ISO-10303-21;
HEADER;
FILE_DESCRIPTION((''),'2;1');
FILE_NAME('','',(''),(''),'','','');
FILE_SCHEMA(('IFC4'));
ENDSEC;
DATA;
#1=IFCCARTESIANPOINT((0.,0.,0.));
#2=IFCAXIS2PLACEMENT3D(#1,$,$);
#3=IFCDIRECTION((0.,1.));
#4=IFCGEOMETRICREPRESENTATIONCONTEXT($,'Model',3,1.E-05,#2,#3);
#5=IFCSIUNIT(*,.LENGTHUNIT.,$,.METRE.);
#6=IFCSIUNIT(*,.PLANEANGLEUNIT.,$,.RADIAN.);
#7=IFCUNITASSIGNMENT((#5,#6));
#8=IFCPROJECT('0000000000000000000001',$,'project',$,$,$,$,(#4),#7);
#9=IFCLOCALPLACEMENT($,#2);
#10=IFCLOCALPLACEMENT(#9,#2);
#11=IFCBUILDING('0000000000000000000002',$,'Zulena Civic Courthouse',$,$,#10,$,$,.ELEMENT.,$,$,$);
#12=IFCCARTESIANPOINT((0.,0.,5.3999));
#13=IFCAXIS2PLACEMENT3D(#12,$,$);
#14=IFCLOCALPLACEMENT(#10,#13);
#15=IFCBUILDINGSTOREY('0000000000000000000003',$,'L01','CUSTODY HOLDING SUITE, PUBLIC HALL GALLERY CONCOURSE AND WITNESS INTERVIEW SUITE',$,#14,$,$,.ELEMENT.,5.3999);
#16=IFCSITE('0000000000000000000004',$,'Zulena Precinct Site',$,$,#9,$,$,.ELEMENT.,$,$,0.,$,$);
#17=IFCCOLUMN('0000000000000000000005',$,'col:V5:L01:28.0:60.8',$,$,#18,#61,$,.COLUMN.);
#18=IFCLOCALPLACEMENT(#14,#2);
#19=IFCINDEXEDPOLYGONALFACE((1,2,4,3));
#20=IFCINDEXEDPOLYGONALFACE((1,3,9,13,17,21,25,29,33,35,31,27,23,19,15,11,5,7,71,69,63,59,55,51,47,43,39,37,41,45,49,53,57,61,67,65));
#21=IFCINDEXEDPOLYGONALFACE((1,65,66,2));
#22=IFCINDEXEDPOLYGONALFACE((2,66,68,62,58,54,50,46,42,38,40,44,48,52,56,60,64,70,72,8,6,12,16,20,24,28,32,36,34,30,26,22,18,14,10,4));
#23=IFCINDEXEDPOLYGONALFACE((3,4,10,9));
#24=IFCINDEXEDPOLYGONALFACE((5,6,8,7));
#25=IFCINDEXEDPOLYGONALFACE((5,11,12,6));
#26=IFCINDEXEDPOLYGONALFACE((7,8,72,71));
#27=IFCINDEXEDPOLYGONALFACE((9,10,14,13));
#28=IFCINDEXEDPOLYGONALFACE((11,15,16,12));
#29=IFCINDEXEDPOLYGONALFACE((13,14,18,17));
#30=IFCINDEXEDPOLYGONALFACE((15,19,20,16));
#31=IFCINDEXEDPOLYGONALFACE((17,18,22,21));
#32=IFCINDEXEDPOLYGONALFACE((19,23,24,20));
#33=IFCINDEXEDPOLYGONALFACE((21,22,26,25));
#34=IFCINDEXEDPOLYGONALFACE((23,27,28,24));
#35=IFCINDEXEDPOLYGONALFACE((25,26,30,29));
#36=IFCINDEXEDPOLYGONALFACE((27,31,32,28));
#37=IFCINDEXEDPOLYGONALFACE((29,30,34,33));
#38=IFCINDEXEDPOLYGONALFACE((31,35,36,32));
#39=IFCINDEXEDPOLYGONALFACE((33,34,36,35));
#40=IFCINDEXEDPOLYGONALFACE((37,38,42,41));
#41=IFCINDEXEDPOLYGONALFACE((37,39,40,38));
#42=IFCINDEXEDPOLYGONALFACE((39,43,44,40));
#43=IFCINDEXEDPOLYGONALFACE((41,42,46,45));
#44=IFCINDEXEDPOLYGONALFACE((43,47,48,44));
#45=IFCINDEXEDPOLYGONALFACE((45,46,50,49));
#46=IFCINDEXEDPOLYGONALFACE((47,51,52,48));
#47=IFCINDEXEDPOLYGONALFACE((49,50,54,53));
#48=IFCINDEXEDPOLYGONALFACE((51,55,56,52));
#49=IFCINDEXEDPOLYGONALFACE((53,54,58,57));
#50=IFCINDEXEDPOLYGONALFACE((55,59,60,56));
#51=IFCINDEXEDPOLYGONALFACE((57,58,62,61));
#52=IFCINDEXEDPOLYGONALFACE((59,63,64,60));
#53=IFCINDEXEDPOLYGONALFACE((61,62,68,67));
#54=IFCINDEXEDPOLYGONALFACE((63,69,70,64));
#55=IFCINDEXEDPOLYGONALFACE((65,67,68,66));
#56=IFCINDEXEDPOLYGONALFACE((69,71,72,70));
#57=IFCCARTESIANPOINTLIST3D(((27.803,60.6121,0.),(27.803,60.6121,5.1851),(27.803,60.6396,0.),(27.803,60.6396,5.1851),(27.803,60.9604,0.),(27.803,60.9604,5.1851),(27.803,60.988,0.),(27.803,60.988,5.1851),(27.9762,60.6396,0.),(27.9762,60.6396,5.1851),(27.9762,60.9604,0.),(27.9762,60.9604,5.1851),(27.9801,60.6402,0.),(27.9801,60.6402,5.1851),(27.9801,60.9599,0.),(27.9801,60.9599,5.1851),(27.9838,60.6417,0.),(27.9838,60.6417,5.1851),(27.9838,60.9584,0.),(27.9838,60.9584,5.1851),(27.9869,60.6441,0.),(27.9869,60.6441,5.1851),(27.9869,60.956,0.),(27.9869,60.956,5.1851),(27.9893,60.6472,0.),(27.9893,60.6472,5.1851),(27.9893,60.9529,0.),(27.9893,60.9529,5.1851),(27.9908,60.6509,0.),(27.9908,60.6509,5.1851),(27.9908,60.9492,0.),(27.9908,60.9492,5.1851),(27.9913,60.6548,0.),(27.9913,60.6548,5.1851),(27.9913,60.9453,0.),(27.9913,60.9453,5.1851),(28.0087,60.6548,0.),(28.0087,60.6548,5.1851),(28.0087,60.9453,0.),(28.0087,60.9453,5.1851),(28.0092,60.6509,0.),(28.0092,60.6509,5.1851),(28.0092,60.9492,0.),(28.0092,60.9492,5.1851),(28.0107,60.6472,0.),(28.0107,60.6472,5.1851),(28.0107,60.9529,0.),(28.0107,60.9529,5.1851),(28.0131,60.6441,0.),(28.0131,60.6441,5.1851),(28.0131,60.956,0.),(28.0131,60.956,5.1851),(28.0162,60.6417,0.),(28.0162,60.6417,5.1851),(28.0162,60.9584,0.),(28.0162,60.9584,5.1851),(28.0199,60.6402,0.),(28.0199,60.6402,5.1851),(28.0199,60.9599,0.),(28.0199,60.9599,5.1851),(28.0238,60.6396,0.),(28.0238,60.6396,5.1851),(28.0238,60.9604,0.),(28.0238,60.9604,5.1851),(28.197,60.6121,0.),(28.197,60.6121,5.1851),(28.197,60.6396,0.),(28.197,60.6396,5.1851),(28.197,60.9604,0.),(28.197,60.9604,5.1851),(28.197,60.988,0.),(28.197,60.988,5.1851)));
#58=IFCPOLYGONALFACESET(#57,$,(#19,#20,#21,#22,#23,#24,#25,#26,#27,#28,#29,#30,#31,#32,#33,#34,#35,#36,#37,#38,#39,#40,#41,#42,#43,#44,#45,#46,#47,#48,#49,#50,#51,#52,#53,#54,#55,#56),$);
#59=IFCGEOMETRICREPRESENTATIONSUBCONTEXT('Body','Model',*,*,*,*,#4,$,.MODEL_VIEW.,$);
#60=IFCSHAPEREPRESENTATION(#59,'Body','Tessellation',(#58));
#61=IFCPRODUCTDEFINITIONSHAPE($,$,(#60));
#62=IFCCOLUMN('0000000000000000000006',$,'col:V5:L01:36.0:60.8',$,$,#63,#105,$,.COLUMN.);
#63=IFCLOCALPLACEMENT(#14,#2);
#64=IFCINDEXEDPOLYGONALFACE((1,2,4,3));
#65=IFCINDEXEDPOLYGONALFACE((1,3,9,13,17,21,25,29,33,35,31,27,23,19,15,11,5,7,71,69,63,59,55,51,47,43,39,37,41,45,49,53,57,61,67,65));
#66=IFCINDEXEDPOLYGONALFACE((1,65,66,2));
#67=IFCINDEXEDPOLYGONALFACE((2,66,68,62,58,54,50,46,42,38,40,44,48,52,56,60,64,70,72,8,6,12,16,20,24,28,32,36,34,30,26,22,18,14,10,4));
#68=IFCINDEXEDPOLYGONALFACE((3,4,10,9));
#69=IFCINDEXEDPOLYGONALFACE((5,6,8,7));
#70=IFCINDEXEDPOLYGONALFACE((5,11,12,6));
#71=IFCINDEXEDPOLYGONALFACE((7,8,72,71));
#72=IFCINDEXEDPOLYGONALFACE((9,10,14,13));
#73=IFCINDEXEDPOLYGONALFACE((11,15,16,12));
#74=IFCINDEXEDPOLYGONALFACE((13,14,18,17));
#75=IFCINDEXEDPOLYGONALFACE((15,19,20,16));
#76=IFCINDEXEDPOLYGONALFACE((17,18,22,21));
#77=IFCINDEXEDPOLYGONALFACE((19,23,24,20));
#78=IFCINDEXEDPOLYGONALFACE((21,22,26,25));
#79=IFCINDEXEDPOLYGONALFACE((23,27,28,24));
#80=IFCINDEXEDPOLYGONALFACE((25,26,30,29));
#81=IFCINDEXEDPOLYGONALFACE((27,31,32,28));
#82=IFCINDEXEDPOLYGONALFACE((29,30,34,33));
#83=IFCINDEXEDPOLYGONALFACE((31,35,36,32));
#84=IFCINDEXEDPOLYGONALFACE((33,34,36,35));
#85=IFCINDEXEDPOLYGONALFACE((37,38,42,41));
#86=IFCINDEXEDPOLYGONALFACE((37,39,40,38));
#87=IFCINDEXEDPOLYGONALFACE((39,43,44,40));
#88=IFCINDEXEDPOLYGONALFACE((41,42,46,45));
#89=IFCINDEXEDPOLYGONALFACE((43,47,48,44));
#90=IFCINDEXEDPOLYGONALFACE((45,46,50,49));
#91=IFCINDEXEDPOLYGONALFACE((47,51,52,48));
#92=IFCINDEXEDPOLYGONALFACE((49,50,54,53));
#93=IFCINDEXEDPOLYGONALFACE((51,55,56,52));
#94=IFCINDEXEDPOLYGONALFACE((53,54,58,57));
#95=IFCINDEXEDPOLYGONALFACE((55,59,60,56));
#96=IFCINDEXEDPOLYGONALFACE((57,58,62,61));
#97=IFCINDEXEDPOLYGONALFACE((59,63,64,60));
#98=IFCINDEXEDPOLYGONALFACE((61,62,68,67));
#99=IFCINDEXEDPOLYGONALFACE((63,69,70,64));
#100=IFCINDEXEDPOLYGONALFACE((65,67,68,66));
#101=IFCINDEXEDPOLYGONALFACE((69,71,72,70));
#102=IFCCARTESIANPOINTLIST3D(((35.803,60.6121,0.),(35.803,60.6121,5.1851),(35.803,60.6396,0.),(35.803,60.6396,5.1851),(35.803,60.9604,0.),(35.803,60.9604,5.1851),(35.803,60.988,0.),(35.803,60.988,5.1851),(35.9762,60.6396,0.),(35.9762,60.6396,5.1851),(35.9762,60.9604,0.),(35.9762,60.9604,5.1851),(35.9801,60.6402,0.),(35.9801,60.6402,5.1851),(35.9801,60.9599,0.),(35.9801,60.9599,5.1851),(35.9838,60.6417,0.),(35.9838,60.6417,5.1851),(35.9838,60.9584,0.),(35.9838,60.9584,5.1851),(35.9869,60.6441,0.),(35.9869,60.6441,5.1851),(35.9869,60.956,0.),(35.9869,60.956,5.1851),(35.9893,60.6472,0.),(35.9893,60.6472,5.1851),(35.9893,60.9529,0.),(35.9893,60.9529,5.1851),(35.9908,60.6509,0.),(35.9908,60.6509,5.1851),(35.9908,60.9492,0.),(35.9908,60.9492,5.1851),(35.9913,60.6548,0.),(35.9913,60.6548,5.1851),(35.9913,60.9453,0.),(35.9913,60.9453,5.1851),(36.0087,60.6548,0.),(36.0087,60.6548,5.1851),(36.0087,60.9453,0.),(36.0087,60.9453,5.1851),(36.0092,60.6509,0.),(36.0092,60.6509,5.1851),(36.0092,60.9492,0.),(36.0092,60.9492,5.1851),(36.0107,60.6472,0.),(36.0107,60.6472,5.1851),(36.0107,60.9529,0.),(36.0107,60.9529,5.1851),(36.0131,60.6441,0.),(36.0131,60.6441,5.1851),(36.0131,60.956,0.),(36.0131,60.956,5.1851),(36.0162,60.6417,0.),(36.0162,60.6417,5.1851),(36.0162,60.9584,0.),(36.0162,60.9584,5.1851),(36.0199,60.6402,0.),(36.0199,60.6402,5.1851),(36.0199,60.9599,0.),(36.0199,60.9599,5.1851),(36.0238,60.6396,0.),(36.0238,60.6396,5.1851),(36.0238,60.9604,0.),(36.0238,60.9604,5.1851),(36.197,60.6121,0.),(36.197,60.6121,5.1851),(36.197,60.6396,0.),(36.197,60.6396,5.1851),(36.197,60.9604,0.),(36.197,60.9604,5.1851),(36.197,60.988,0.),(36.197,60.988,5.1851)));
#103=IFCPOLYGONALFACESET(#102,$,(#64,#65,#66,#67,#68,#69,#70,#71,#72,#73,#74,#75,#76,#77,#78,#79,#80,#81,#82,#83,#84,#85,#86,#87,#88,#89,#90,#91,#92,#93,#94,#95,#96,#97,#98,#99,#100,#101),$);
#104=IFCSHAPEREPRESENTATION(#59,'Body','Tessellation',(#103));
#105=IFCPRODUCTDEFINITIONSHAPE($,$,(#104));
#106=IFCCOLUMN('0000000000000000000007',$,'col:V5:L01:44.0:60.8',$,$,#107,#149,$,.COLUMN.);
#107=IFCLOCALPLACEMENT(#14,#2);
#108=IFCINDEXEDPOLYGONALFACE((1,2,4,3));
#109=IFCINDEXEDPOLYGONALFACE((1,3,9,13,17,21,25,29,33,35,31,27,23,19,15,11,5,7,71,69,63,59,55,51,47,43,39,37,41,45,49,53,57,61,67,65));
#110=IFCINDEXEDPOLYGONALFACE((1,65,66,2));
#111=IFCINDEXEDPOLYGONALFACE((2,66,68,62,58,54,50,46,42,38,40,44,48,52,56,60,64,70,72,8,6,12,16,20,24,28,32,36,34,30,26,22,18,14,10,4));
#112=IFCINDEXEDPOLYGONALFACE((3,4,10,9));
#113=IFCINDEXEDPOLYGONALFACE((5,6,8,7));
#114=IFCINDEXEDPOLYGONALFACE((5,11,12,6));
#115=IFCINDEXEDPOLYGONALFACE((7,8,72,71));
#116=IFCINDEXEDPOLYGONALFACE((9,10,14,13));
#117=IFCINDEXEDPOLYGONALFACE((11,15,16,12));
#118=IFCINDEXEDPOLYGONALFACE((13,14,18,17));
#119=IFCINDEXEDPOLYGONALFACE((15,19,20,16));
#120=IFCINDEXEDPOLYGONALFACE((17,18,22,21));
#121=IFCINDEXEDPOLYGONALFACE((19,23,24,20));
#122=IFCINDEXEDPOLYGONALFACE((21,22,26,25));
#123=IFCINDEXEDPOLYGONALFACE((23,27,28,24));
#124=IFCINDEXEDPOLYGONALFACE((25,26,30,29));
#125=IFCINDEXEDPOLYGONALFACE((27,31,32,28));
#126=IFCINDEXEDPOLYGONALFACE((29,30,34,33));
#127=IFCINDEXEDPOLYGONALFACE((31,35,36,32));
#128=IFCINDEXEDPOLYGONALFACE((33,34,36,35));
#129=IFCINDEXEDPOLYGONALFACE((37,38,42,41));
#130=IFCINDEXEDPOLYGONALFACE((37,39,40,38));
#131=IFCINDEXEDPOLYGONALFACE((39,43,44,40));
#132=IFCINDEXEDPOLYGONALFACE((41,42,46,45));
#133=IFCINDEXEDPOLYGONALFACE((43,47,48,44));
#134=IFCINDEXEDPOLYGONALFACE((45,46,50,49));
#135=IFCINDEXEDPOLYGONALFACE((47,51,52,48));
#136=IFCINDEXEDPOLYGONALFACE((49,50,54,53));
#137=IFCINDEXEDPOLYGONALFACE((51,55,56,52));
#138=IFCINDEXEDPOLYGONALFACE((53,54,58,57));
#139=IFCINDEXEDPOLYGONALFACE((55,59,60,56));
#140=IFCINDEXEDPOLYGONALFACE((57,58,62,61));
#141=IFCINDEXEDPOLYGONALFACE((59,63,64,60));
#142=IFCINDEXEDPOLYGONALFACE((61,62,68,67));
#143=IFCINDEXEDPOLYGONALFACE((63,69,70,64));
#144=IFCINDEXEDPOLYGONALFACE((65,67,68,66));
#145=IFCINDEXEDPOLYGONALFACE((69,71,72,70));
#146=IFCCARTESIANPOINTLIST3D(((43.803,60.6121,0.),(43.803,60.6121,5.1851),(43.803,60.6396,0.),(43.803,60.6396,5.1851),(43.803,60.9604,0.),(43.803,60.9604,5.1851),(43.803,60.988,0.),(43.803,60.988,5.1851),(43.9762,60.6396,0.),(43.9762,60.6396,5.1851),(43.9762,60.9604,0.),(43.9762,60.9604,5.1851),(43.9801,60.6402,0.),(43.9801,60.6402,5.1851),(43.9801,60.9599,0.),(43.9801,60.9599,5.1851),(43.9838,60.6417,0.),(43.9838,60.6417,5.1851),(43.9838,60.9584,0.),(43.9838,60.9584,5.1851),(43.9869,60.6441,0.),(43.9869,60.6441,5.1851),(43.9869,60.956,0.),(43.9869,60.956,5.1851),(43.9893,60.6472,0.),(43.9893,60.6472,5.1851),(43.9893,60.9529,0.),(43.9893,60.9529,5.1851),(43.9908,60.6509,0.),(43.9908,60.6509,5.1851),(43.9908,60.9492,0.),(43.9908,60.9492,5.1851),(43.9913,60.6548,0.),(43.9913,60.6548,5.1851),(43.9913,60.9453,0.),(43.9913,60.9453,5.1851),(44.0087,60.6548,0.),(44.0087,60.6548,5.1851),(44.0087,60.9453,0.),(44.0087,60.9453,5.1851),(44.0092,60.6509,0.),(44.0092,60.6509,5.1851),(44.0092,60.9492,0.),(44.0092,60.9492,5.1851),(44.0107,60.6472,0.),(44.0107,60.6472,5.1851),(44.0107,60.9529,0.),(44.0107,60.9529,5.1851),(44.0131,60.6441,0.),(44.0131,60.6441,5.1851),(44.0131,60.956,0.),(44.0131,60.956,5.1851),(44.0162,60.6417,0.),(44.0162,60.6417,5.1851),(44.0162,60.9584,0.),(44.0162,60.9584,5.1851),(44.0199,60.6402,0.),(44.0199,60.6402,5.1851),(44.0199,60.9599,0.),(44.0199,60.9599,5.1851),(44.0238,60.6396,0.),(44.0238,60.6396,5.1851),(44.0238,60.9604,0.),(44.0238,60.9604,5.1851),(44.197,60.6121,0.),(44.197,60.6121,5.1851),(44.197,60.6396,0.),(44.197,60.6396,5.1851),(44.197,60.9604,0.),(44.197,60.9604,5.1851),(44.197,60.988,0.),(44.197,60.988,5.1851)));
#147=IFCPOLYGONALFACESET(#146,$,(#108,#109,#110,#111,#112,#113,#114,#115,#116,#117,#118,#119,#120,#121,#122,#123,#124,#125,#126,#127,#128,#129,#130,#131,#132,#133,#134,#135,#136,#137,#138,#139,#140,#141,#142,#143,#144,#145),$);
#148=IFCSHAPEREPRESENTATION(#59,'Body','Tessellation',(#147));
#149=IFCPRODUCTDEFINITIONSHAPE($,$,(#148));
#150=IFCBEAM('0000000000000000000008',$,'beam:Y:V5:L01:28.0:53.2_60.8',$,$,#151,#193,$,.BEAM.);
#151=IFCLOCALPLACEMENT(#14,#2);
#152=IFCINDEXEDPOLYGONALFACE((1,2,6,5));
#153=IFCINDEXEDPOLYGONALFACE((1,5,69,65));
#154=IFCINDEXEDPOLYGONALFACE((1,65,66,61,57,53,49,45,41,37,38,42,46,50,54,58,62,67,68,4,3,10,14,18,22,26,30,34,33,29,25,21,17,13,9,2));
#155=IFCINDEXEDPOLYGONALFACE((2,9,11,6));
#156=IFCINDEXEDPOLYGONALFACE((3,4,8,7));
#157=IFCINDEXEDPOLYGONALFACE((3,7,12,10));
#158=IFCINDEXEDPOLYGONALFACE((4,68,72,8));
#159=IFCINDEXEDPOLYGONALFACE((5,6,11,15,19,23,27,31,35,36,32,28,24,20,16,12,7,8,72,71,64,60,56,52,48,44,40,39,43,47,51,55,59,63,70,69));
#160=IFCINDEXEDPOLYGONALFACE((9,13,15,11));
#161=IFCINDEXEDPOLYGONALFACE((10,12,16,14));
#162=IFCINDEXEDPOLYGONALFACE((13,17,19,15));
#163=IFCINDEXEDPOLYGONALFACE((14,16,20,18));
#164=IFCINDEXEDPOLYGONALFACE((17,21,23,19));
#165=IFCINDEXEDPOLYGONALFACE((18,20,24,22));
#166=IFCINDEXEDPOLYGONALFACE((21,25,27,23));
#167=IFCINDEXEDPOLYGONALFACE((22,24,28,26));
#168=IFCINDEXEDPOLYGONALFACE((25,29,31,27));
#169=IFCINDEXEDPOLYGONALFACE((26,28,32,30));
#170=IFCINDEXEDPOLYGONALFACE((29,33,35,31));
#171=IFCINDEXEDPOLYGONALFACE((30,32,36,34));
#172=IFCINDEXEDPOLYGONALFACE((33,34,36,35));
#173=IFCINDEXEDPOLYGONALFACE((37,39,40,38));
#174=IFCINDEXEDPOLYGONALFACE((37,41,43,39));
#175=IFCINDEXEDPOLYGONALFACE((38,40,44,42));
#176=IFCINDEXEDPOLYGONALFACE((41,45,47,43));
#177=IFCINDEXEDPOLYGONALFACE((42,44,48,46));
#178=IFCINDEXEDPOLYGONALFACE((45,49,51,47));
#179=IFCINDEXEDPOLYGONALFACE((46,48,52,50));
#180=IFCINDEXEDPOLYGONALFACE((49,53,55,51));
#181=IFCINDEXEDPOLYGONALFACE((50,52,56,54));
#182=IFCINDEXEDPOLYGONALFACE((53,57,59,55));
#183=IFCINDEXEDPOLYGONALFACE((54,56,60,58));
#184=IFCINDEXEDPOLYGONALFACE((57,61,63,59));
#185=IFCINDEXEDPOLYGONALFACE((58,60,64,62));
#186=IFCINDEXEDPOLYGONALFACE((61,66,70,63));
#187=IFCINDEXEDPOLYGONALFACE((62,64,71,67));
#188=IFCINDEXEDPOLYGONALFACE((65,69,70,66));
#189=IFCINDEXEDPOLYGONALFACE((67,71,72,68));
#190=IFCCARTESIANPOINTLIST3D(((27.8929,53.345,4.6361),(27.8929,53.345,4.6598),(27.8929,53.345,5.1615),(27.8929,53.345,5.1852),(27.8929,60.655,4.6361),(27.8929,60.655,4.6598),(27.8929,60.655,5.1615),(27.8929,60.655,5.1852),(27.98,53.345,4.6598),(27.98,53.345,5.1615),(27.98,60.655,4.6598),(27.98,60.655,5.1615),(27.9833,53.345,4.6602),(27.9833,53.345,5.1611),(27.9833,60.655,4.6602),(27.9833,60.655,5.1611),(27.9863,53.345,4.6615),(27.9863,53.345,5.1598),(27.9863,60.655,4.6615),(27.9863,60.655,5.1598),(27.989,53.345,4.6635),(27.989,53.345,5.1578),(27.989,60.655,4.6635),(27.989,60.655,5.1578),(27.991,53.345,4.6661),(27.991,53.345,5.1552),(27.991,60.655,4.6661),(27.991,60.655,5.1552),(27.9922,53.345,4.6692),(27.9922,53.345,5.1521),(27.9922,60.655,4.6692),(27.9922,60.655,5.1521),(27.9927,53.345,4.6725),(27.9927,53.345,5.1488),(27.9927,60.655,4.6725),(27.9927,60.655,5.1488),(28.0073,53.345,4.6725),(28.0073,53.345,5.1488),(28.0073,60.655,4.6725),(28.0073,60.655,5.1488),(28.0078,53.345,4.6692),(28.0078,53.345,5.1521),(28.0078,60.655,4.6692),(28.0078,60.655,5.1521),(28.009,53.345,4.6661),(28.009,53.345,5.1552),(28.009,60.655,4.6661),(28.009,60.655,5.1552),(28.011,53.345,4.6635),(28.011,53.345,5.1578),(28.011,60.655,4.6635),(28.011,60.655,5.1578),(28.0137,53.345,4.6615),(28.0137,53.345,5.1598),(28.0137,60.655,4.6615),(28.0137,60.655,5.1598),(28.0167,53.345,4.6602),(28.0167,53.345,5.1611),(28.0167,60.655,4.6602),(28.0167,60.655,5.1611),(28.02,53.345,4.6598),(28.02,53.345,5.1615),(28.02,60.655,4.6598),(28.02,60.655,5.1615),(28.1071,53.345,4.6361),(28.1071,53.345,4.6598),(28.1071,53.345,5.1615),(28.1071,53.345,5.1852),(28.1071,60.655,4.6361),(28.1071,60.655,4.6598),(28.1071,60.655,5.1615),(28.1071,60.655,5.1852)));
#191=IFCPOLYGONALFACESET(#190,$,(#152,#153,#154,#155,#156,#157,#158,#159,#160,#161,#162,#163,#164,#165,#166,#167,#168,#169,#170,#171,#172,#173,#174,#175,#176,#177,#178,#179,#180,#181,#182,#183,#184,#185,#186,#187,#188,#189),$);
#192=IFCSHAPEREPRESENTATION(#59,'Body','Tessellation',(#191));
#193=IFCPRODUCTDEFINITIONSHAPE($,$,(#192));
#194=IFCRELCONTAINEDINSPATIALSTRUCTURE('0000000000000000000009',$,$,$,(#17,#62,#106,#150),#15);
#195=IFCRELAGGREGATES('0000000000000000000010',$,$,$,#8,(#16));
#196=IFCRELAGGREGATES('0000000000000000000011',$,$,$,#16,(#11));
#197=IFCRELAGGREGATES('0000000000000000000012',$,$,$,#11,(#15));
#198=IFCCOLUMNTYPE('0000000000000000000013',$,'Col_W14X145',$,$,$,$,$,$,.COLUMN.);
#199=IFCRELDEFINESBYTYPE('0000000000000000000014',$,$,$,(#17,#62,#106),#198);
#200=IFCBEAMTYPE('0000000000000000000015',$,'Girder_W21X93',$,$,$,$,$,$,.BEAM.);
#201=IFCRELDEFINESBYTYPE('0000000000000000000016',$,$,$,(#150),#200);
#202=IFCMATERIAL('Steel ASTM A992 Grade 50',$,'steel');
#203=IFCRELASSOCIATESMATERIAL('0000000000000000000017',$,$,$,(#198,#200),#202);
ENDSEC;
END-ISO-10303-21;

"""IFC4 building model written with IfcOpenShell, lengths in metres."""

from ifc_helpers import new_model, si_unit, direction, frame, origin, origin_2d, place, context, subcontext, project, spatial, i_section, extrude, material, material_profile, profile_set, type_object, element, save


model = new_model("IFC4")

# Units and contexts
model_context = context("Model", 3, precision=1e-05, world=origin(), true_north=direction((0.0, 1.0)))
body_context = subcontext(model_context, "Body", "Model", "MODEL_VIEW")
ifc_project = project(units=[si_unit("LENGTHUNIT", "METRE"), si_unit("PLANEANGLEUNIT", "RADIAN")], contexts=[model_context])

# Site, building, storey
site_placement = place(None, origin())
site = spatial("IfcSite", under=ifc_project, at=site_placement, Name="Zulena Precinct Site", CompositionType="ELEMENT", RefElevation=0.0)
building_placement = place(site_placement, origin())
building = spatial("IfcBuilding", under=site, at=building_placement, Name="Zulena Civic Courthouse", CompositionType="ELEMENT")
storey_placement = place(building_placement, frame((0.0, 0.0, 5.3999)))
storey = spatial("IfcBuildingStorey", under=building, at=storey_placement, Name="L01", Description="CUSTODY HOLDING SUITE, PUBLIC HALL GALLERY CONCOURSE AND WITNESS INTERVIEW SUITE", CompositionType="ELEMENT", Elevation=5.3999)

# Columns
ifc_material_1 = material(Name="Steel ASTM A992 Grade 50", Category="steel")
ifc_material_profile_1 = material_profile(ifc_material_1, i_section(OverallWidth=0.394, OverallDepth=0.376, WebThickness=0.0173, FlangeThickness=0.0276, FilletRadius=0.0151, at=origin_2d()), Name="W14X145")
ifc_profile_set_1 = profile_set([ifc_material_profile_1], Name="Steel ASTM A992 Grade 50")
column_type = type_object("IfcColumnType", Name="Col_W14X145", PredefinedType="COLUMN", material=ifc_profile_set_1)
for number, where, z_axis, x_axis, name in (
    (1, (28.0, 60.8, 0.0), (0.0, 0.0, 1.0), (1.0, 0.0, 0.0), "col:V5:L01:28.0:60.8"),
    (2, (36.0, 60.8, 0.0), (0.0, 0.0, 1.0), (1.0, 0.0, 0.0), "col:V5:L01:36.0:60.8"),
    (3, (44.0, 60.8, 0.0), (0.0, 0.0, 1.0), (1.0, 0.0, 0.0), "col:V5:L01:44.0:60.8"),
):
    element("IfcColumn", number, at=place(storey_placement, frame(where, z_axis=z_axis, x_axis=x_axis)), inside=storey, type_object=column_type, Name=name, PredefinedType="COLUMN", context=body_context, shape_type="SweptSolid", body=[
        extrude(i_section(OverallWidth=0.394, OverallDepth=0.376, WebThickness=0.0173, FlangeThickness=0.0276, FilletRadius=0.0151, at=origin_2d()), origin(), (0.0, 0.0, 1.0), 5.1851),
    ])

# Beam
ifc_material_profile_2 = material_profile(ifc_material_1, i_section(OverallWidth=0.2141, OverallDepth=0.5491, WebThickness=0.0146, FlangeThickness=0.0237, FilletRadius=0.0127, at=origin_2d()), Name="W21X93")
ifc_profile_set_2 = profile_set([ifc_material_profile_2], Name="Steel ASTM A992 Grade 50")
beam_type_1 = type_object("IfcBeamType", Name="Girder_W21X93", PredefinedType="BEAM", material=ifc_profile_set_2)
for number, where, z_axis, x_axis, name in (
    (4, (28.0, 53.345, 4.9106), (0.0, 1.0, 0.0), (-1.0, 0.0, 0.0), "beam:Y:V5:L01:28.0:53.2_60.8"),
):
    element("IfcBeam", number, at=place(storey_placement, frame(where, z_axis=z_axis, x_axis=x_axis)), inside=storey, type_object=beam_type_1, Name=name, PredefinedType="BEAM", context=body_context, shape_type="SweptSolid", body=[
        extrude(i_section(OverallWidth=0.2141, OverallDepth=0.5491, WebThickness=0.0146, FlangeThickness=0.0237, FilletRadius=0.0127, at=origin_2d()), origin(), (0.0, 0.0, 1.0), 7.3101),
    ])

save(model, "model.ifc")
